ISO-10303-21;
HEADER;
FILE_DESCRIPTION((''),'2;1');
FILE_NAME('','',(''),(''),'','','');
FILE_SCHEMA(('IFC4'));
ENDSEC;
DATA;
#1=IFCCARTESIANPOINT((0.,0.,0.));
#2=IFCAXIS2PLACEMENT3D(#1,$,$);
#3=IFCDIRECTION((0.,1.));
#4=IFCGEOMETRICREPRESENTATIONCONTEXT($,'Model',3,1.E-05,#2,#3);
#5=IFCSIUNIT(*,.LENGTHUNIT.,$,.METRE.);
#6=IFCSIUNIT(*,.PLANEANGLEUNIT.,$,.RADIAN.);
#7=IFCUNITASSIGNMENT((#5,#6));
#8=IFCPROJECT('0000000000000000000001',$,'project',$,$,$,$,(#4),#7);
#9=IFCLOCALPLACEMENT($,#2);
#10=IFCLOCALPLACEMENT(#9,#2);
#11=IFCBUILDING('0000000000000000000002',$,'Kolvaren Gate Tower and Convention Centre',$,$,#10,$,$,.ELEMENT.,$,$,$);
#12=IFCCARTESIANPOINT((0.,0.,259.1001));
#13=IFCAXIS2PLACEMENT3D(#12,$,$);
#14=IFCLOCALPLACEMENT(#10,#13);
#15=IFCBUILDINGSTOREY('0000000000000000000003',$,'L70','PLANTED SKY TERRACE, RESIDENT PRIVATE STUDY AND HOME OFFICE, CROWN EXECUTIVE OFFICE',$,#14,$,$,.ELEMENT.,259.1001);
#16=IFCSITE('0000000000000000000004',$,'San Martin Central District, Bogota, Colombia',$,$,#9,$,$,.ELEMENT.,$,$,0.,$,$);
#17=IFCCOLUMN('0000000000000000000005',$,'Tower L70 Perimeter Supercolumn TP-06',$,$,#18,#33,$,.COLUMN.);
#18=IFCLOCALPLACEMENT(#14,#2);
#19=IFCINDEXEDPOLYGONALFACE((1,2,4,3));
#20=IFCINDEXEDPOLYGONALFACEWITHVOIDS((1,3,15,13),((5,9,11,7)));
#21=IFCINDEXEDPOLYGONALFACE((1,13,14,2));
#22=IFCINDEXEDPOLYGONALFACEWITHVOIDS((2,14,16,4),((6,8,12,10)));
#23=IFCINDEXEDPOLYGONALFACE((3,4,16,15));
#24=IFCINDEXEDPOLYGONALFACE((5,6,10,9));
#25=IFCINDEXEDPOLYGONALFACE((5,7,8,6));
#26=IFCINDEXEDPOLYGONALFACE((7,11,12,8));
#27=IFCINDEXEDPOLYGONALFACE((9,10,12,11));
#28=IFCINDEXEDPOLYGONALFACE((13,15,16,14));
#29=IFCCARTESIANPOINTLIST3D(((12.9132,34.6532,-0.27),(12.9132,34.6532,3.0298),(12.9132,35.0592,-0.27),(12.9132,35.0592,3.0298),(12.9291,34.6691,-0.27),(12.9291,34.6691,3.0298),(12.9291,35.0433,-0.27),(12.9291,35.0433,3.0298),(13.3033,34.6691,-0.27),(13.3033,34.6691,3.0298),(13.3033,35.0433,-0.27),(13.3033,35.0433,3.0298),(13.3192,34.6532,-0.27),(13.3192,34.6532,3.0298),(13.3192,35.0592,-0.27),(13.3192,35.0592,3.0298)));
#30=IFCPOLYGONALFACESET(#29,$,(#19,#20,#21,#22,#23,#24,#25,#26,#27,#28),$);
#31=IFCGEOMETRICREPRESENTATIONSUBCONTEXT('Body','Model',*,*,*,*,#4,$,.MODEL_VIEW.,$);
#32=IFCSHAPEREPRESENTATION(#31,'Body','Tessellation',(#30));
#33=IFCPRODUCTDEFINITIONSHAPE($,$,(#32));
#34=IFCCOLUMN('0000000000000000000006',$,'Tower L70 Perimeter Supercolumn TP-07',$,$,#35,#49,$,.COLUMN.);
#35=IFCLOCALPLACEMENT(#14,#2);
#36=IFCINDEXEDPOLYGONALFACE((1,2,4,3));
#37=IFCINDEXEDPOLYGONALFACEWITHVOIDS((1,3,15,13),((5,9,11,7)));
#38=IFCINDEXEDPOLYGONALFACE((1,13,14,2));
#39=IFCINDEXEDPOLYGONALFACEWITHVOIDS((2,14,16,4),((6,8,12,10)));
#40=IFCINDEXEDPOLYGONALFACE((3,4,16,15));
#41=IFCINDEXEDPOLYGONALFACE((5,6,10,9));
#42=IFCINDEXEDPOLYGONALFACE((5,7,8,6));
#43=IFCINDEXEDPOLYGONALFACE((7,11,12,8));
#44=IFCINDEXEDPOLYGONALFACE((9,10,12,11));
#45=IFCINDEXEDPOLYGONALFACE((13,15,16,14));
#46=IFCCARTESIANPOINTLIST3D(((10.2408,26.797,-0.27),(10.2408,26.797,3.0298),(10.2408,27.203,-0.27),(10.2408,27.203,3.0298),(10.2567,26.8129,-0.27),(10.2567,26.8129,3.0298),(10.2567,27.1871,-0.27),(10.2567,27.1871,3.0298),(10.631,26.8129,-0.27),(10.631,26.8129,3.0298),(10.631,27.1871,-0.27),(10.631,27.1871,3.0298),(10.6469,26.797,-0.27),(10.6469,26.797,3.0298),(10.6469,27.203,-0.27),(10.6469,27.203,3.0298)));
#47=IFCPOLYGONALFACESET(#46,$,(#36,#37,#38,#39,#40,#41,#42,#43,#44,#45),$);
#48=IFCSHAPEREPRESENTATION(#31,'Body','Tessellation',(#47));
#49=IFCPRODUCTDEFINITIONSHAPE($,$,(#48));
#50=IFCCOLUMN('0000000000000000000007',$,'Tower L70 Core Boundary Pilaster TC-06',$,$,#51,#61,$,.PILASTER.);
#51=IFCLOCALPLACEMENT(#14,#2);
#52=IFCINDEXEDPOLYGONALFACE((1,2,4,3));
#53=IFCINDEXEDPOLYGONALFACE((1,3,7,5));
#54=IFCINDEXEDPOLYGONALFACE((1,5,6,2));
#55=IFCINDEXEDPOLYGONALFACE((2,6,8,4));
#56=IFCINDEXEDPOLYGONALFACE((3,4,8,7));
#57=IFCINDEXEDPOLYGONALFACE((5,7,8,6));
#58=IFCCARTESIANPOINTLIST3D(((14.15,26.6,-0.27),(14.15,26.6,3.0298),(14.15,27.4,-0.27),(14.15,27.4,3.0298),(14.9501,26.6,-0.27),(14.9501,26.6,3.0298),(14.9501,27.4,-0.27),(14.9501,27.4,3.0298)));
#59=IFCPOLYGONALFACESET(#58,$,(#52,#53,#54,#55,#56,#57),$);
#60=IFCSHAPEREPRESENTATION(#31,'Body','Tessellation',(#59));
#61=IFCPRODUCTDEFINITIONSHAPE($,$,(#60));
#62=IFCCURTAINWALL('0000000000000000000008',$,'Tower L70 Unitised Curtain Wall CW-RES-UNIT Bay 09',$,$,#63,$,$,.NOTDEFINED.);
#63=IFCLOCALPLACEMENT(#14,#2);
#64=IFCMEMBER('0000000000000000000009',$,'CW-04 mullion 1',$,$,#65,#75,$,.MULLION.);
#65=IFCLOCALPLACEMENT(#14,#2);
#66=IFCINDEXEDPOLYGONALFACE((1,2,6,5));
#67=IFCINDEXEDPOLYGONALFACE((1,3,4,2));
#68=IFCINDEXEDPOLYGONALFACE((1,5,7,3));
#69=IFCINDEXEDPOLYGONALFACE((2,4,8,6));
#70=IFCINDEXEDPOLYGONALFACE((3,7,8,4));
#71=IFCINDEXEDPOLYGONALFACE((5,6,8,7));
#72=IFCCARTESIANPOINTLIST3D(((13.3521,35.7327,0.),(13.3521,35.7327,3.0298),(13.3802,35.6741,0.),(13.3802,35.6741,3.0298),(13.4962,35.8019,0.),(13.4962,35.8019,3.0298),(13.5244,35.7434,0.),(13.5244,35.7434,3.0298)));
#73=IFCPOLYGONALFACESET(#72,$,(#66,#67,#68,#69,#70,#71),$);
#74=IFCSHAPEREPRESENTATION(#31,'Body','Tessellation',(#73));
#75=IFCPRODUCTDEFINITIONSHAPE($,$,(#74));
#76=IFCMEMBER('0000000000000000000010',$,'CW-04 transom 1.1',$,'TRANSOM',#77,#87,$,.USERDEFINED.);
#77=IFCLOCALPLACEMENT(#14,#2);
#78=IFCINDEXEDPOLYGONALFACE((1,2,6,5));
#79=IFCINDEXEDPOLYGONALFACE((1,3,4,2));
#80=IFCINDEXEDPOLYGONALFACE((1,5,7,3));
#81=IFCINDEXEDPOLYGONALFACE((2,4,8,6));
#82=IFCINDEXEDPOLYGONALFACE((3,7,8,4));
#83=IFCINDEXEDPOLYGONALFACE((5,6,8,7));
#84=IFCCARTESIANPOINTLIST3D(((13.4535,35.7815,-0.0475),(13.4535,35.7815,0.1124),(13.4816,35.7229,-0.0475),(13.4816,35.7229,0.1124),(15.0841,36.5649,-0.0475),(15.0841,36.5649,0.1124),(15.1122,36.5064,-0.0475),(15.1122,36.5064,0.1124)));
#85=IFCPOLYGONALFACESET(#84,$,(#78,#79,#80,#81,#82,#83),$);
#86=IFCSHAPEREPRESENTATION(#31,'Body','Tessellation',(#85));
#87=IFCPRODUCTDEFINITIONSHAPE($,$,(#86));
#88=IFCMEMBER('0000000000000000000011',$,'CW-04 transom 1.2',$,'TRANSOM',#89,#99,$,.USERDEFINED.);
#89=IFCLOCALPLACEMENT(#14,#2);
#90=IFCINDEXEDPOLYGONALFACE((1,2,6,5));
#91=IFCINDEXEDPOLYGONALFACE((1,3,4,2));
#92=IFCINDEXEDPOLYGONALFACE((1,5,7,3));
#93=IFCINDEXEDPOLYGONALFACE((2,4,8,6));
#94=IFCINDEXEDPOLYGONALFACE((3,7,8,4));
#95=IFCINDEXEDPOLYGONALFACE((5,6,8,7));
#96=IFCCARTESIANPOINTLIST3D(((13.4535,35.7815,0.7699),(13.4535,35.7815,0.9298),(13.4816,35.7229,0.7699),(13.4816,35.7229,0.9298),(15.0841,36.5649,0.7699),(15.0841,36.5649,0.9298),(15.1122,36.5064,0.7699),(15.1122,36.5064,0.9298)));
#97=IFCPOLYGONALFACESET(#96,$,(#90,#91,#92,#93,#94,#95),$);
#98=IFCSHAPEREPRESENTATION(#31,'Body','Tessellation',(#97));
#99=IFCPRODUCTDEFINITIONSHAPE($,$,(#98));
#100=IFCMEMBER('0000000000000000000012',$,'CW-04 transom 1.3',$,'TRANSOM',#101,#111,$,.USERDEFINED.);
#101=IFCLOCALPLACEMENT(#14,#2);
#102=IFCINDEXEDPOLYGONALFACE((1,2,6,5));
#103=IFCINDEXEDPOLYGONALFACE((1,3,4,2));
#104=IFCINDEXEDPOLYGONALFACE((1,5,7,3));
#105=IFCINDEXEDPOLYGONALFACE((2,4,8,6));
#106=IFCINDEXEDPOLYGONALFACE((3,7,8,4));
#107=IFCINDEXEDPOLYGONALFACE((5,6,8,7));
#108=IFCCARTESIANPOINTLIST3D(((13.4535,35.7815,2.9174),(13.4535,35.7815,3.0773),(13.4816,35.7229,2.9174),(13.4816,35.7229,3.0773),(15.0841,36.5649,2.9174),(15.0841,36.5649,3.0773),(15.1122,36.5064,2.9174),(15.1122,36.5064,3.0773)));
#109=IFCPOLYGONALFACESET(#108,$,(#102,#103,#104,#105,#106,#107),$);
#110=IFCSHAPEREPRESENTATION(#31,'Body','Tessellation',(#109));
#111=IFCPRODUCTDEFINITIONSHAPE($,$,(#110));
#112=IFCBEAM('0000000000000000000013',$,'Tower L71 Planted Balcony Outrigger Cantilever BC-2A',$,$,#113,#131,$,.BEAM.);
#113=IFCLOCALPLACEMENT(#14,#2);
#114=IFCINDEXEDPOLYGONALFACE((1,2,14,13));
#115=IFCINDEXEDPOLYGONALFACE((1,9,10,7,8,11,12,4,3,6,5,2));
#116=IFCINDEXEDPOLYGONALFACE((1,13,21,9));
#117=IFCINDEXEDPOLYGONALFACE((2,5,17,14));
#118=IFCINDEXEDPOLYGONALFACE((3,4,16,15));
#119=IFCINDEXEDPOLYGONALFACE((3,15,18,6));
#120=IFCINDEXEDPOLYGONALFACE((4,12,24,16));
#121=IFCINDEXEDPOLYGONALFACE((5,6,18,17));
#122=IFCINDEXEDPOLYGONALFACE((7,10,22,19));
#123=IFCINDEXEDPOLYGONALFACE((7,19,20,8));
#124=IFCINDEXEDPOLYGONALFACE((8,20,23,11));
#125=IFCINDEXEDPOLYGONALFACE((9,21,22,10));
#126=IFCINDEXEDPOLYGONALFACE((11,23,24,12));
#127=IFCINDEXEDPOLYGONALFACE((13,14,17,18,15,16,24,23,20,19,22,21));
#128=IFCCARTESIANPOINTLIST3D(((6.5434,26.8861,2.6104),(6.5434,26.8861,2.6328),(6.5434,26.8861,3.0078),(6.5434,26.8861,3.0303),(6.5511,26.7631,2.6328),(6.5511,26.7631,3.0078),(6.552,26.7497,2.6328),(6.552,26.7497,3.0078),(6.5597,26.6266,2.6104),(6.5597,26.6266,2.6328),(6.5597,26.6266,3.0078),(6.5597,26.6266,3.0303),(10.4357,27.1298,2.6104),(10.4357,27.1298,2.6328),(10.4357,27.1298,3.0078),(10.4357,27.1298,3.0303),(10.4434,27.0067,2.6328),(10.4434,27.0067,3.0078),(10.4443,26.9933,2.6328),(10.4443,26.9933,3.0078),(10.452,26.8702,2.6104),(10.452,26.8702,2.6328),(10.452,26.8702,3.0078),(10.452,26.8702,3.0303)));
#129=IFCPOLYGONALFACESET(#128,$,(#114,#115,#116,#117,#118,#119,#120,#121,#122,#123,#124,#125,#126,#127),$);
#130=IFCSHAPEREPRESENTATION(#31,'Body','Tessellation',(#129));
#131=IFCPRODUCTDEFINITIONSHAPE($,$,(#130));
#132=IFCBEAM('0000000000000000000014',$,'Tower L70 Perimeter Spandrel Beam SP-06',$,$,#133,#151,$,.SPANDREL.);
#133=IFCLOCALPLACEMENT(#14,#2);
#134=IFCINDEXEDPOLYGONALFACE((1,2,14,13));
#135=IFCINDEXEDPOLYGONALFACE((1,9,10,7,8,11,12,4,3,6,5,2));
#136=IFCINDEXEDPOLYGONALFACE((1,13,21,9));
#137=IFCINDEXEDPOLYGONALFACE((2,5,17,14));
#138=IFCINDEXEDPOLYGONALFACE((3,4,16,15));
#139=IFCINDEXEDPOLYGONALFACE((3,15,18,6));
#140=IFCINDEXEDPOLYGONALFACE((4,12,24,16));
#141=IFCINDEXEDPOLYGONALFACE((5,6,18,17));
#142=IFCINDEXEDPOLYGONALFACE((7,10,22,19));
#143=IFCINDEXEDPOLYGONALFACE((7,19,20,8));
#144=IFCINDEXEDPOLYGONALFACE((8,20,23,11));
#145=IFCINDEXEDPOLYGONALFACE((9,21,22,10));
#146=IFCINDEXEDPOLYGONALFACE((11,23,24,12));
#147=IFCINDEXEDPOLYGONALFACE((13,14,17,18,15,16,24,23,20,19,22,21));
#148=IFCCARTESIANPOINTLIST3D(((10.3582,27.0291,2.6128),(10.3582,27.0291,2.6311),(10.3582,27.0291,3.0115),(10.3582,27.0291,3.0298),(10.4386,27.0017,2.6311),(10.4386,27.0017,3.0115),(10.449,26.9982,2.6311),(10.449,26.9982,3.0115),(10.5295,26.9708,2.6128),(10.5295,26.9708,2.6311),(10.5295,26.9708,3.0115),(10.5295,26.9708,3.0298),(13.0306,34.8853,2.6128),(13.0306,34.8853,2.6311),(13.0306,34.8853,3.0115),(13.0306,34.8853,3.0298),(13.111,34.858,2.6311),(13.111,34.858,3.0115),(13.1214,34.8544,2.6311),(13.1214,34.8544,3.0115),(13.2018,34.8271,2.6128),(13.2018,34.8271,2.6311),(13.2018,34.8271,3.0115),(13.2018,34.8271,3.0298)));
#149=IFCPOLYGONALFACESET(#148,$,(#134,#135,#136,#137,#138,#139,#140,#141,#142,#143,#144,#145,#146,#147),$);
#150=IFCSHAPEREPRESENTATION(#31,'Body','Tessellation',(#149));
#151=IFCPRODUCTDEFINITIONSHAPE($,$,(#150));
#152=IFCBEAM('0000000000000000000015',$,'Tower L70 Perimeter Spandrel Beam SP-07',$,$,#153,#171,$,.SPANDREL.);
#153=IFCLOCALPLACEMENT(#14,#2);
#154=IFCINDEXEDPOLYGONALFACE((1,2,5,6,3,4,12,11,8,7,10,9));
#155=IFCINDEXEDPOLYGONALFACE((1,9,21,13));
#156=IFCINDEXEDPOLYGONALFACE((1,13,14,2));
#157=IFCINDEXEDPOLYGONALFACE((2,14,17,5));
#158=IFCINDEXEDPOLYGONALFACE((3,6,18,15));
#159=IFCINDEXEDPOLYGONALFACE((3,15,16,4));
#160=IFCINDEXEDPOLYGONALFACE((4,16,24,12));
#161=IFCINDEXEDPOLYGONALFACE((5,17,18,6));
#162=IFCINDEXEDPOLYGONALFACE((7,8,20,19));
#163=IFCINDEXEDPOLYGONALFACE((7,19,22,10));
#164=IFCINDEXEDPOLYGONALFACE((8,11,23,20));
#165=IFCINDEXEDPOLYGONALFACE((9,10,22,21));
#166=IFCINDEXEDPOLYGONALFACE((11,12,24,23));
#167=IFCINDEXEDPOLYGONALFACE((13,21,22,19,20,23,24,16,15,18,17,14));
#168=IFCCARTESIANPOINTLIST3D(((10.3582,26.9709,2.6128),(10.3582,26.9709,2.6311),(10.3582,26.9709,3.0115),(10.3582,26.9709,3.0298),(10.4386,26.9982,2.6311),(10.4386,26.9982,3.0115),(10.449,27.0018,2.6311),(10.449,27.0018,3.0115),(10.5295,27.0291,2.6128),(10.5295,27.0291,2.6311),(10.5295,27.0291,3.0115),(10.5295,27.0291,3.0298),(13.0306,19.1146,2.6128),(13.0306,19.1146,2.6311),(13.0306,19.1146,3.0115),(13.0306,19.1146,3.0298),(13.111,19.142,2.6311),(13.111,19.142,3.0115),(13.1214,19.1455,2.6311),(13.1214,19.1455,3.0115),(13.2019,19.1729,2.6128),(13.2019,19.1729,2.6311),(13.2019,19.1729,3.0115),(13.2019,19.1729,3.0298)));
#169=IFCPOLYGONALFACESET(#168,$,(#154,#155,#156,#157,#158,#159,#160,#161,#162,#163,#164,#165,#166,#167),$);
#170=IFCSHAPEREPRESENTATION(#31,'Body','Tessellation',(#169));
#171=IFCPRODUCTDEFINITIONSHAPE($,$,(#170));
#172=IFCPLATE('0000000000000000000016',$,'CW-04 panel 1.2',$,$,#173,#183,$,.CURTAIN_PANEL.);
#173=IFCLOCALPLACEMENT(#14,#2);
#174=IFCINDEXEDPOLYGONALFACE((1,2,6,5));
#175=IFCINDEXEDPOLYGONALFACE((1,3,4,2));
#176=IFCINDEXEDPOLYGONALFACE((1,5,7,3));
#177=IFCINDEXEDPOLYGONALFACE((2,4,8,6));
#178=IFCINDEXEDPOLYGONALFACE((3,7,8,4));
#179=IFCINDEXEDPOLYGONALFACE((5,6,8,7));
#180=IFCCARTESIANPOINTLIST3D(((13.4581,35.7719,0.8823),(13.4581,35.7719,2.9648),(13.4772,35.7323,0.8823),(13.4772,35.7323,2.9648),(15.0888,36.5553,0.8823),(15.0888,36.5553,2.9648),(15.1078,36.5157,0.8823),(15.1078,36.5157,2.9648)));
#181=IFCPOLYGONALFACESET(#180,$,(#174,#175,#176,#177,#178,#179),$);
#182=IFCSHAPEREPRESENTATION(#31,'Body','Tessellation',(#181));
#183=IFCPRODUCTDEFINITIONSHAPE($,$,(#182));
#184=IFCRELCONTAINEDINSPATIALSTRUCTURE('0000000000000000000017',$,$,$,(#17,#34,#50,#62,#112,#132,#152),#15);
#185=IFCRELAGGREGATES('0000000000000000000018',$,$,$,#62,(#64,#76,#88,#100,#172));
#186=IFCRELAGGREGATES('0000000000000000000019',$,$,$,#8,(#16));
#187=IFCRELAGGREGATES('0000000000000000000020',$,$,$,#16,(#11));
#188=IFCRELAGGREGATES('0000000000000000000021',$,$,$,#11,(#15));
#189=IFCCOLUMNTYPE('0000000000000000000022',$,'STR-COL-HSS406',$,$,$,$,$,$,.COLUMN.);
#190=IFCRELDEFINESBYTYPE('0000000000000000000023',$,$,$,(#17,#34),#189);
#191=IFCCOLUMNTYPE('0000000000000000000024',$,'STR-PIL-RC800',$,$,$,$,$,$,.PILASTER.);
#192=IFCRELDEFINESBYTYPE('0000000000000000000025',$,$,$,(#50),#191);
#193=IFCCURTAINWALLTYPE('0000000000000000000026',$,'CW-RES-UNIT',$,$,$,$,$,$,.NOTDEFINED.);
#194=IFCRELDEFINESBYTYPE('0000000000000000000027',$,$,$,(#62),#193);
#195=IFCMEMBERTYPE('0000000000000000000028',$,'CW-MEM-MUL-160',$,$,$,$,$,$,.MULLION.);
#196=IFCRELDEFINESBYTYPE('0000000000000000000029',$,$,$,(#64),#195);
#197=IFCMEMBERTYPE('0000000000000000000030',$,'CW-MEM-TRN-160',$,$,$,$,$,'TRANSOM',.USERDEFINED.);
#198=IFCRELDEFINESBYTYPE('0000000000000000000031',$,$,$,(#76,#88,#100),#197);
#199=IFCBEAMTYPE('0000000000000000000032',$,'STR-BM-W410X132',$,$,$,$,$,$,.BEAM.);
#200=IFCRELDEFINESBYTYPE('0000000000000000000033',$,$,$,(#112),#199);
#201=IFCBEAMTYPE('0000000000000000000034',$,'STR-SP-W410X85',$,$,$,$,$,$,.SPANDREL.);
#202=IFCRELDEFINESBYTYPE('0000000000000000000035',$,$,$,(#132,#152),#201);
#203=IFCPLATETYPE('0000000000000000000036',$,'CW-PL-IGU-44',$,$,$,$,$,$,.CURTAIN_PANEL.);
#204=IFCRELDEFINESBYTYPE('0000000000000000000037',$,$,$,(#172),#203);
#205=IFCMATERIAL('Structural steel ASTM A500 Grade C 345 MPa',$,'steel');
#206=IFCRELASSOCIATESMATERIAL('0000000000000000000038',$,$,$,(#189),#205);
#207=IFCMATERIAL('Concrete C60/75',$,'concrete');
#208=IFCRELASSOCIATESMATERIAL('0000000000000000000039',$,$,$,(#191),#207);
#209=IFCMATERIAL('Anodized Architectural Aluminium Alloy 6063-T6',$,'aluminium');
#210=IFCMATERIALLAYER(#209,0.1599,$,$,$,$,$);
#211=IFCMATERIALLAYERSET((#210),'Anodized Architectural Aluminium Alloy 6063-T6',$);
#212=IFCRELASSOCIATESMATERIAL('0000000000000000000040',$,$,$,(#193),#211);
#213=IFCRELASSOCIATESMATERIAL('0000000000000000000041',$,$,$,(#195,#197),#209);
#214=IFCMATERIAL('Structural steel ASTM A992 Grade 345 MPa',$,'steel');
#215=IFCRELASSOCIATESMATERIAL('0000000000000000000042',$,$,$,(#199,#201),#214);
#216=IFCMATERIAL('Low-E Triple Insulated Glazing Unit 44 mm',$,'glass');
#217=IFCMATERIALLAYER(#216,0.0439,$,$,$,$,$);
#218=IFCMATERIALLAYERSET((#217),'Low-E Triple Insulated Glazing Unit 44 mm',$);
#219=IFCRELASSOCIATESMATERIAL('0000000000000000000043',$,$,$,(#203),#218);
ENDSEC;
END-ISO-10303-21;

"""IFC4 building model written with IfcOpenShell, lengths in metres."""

from ifc_helpers import new_model, si_unit, direction, frame, origin, origin_2d, place, context, subcontext, project, spatial, rectangle, hollow_rectangle, i_section, extrude, material, layer, layer_set, material_profile, profile_set, type_object, element, aggregate, save


model = new_model("IFC4")

# Units and contexts
model_context = context("Model", 3, precision=1e-05, world=origin(), true_north=direction((0.0, 1.0)))
body_context = subcontext(model_context, "Body", "Model", "MODEL_VIEW")
ifc_project = project(units=[si_unit("LENGTHUNIT", "METRE"), si_unit("PLANEANGLEUNIT", "RADIAN")], contexts=[model_context])

# Site, building, storey
site_placement = place(None, origin())
site = spatial("IfcSite", under=ifc_project, at=site_placement, Name="San Martin Central District, Bogota, Colombia", CompositionType="ELEMENT", RefElevation=0.0)
building_placement = place(site_placement, origin())
building = spatial("IfcBuilding", under=site, at=building_placement, Name="Kolvaren Gate Tower and Convention Centre", CompositionType="ELEMENT")
storey_placement = place(building_placement, frame((0.0, 0.0, 259.1001)))
storey = spatial("IfcBuildingStorey", under=building, at=storey_placement, Name="L70", Description="PLANTED SKY TERRACE, RESIDENT PRIVATE STUDY AND HOME OFFICE, CROWN EXECUTIVE OFFICE", CompositionType="ELEMENT", Elevation=259.1001)

# Columns
ifc_material_1 = material(Name="Structural steel ASTM A500 Grade C 345 MPa", Category="steel")
ifc_material_profile_1 = material_profile(ifc_material_1, hollow_rectangle(XDim=0.406, YDim=0.406, WallThickness=0.0159, at=origin_2d()), Name="HSS406X406X15.9")
ifc_profile_set_1 = profile_set([ifc_material_profile_1], Name="Structural steel ASTM A500 Grade C 345 MPa")
column_type_1 = type_object("IfcColumnType", Name="STR-COL-HSS406", PredefinedType="COLUMN", material=ifc_profile_set_1)
for number, where, z_axis, x_axis, name in (
    (1, (13.1162, 34.8562, -0.27), (0.0, 0.0, 1.0), (1.0, 0.0, 0.0), "Tower L70 Perimeter Supercolumn TP-06"),
    (2, (10.4438, 27.0, -0.27), (0.0, 0.0, 1.0), (1.0, 0.0, 0.0), "Tower L70 Perimeter Supercolumn TP-07"),
):
    element("IfcColumn", number, at=place(storey_placement, frame(where, z_axis=z_axis, x_axis=x_axis)), inside=storey, type_object=column_type_1, Name=name, PredefinedType="COLUMN", context=body_context, shape_type="SweptSolid", body=[
        extrude(hollow_rectangle(XDim=0.406, YDim=0.406, WallThickness=0.0159, at=origin_2d()), origin(), (0.0, 0.0, 1.0), 3.2998),
    ])
ifc_material_2 = material(Name="Concrete C60/75", Category="concrete")
ifc_material_profile_2 = material_profile(ifc_material_2, rectangle(XDim=0.8, YDim=0.8, at=origin_2d()), Name="RC-COL-800X800")
ifc_profile_set_2 = profile_set([ifc_material_profile_2], Name="Concrete C60/75")
column_type_2 = type_object("IfcColumnType", Name="STR-PIL-RC800", PredefinedType="PILASTER", material=ifc_profile_set_2)
column_placement = place(storey_placement, frame((14.55, 27.0, -0.27), z_axis=(0.0, 0.0, 1.0), x_axis=(1.0, 0.0, 0.0)))
element("IfcColumn", 3, at=column_placement, inside=storey, type_object=column_type_2, Name="Tower L70 Core Boundary Pilaster TC-06", PredefinedType="PILASTER", context=body_context, shape_type="SweptSolid", body=[
    extrude(rectangle(XDim=0.8, YDim=0.8, at=origin_2d()), origin(), (0.0, 0.0, 1.0), 3.2998),
])

# Curtain wall, members
ifc_material_3 = material(Name="Anodized Architectural Aluminium Alloy 6063-T6", Category="aluminium")
ifc_layer_1 = layer(ifc_material_3, 0.1599)
ifc_layer_set_1 = layer_set([ifc_layer_1], Name="Anodized Architectural Aluminium Alloy 6063-T6")
curtain_wall_type = type_object("IfcCurtainWallType", Name="CW-RES-UNIT", PredefinedType="NOTDEFINED", material=ifc_layer_set_1)
curtain_wall_placement = place(storey_placement, origin())
curtain_wall = element("IfcCurtainWall", 4, at=curtain_wall_placement, inside=storey, type_object=curtain_wall_type, Name="Tower L70 Unitised Curtain Wall CW-RES-UNIT Bay 09", PredefinedType="NOTDEFINED")
ifc_material_profile_3 = material_profile(ifc_material_3, rectangle(XDim=0.0649, YDim=0.1599, at=origin_2d()), Name="CW-MEM-MUL-160")
ifc_profile_set_3 = profile_set([ifc_material_profile_3], Name="Anodized Architectural Aluminium Alloy 6063-T6")
member_type_1 = type_object("IfcMemberType", Name="CW-MEM-MUL-160", PredefinedType="MULLION", material=ifc_profile_set_3)
member_1_placement = place(storey_placement, frame((13.4382, 35.738, 0.0), z_axis=(0.0, 0.0, 1.0), x_axis=(-0.43307, 0.90136, 0.0)))
member_1 = element("IfcMember", 5, at=member_1_placement, type_object=member_type_1, Name="CW-04 mullion 1", PredefinedType="MULLION", context=body_context, shape_type="SweptSolid", body=[
    extrude(rectangle(XDim=0.0649, YDim=0.1599, at=origin_2d()), origin(), (0.0, 0.0, 1.0), 3.0298),
])
ifc_material_profile_4 = material_profile(ifc_material_3, rectangle(XDim=0.0649, YDim=0.1599, at=origin_2d()), Name="CW-MEM-TRN-160")
ifc_profile_set_4 = profile_set([ifc_material_profile_4], Name="Anodized Architectural Aluminium Alloy 6063-T6")
member_type_2 = type_object("IfcMemberType", Name="CW-MEM-TRN-160", ElementType="TRANSOM", PredefinedType="USERDEFINED", material=ifc_profile_set_4)
member_2_placement = place(storey_placement, frame((13.4675, 35.7522, 0.0325), z_axis=(0.901361, 0.433069, 0.0), x_axis=(-0.433069, 0.901361, 0.0)))
member_2 = element("IfcMember", 6, at=member_2_placement, type_object=member_type_2, Name="CW-04 transom 1.1", ObjectType="TRANSOM", PredefinedType="USERDEFINED", context=body_context, shape_type="SweptSolid", body=[
    extrude(rectangle(XDim=0.0649, YDim=0.1599, at=origin_2d()), origin(), (0.0, 0.0, 1.0), 1.8091),
])
member_3_placement = place(storey_placement, frame((13.4675, 35.7522, 0.8499), z_axis=(0.901361, 0.433069, 0.0), x_axis=(-0.433069, 0.901361, 0.0)))
member_3 = element("IfcMember", 7, at=member_3_placement, type_object=member_type_2, Name="CW-04 transom 1.2", ObjectType="TRANSOM", PredefinedType="USERDEFINED", context=body_context, shape_type="SweptSolid", body=[
    extrude(rectangle(XDim=0.0649, YDim=0.1599, at=origin_2d()), origin(), (0.0, 0.0, 1.0), 1.8091),
])
member_4_placement = place(storey_placement, frame((13.4675, 35.7522, 2.9973), z_axis=(0.901361, 0.433069, 0.0), x_axis=(-0.433069, 0.901361, 0.0)))
member_4 = element("IfcMember", 8, at=member_4_placement, type_object=member_type_2, Name="CW-04 transom 1.3", ObjectType="TRANSOM", PredefinedType="USERDEFINED", context=body_context, shape_type="SweptSolid", body=[
    extrude(rectangle(XDim=0.0649, YDim=0.1599, at=origin_2d()), origin(), (0.0, 0.0, 1.0), 1.8091),
])

# Beams
ifc_material_4 = material(Name="Structural steel ASTM A992 Grade 345 MPa", Category="steel")
ifc_material_profile_5 = material_profile(ifc_material_4, i_section(OverallWidth=0.26, OverallDepth=0.4199, WebThickness=0.0134, FlangeThickness=0.0225, at=origin_2d()), Name="W410X132")
ifc_profile_set_5 = profile_set([ifc_material_profile_5], Name="Structural steel ASTM A992 Grade 345 MPa")
beam_type_1 = type_object("IfcBeamType", Name="STR-BM-W410X132", PredefinedType="BEAM", material=ifc_profile_set_5)
beam_placement = place(storey_placement, frame((10.4438, 27.0, 2.8203), z_axis=(-0.998046, -0.062476, 0.0), x_axis=(0.062476, -0.998046, 0.0)))
element("IfcBeam", 9, at=beam_placement, inside=storey, type_object=beam_type_1, Name="Tower L71 Planted Balcony Outrigger Cantilever BC-2A", PredefinedType="BEAM", context=body_context, shape_type="SweptSolid", body=[
    extrude(i_section(OverallWidth=0.26, OverallDepth=0.4199, WebThickness=0.0134, FlangeThickness=0.0225, at=origin_2d()), origin(), (0.0, 0.0, 1.0), 3.8999),
])
ifc_material_profile_6 = material_profile(ifc_material_4, i_section(OverallWidth=0.1809, OverallDepth=0.417, WebThickness=0.011, FlangeThickness=0.0183, at=origin_2d()), Name="W410X85")
ifc_profile_set_6 = profile_set([ifc_material_profile_6], Name="Structural steel ASTM A992 Grade 345 MPa")
beam_type_2 = type_object("IfcBeamType", Name="STR-SP-W410X85", PredefinedType="SPANDREL", material=ifc_profile_set_6)
for number, where, z_axis, x_axis, name in (
    (10, (13.1162, 34.8562, 2.8213), (-0.322038, -0.946727, 0.0), (0.946727, -0.322038, 0.0), "Tower L70 Perimeter Spandrel Beam SP-06"),
    (11, (10.4438, 27.0, 2.8213), (0.322038, -0.946727, 0.0), (0.946727, 0.322038, 0.0), "Tower L70 Perimeter Spandrel Beam SP-07"),
):
    element("IfcBeam", number, at=place(storey_placement, frame(where, z_axis=z_axis, x_axis=x_axis)), inside=storey, type_object=beam_type_2, Name=name, PredefinedType="SPANDREL", context=body_context, shape_type="SweptSolid", body=[
        extrude(i_section(OverallWidth=0.1809, OverallDepth=0.417, WebThickness=0.011, FlangeThickness=0.0183, at=origin_2d()), origin(), (0.0, 0.0, 1.0), 8.2983),
    ])

# Plate
ifc_material_5 = material(Name="Low-E Triple Insulated Glazing Unit 44 mm", Category="glass")
ifc_layer_2 = layer(ifc_material_5, 0.0439)
ifc_layer_set_2 = layer_set([ifc_layer_2], Name="Low-E Triple Insulated Glazing Unit 44 mm")
plate_type_1 = type_object("IfcPlateType", Name="CW-PL-IGU-44", PredefinedType="CURTAIN_PANEL", material=ifc_layer_set_2)
plate_1_placement = place(storey_placement, frame((14.283, 36.1438, 0.8823), z_axis=(0.0, 0.0, 1.0), x_axis=(0.90136, 0.43307, 0.0)))
plate_1 = element("IfcPlate", 12, at=plate_1_placement, type_object=plate_type_1, Name="CW-04 panel 1.2", PredefinedType="CURTAIN_PANEL", context=body_context, shape_type="SweptSolid", body=[
    extrude(rectangle(XDim=1.8091, YDim=0.0439, at=origin_2d()), origin(), (0.0, 0.0, 1.0), 2.0825),
])
aggregate(curtain_wall, [member_1, member_2, member_3, member_4, plate_1])

save(model, "model.ifc")
